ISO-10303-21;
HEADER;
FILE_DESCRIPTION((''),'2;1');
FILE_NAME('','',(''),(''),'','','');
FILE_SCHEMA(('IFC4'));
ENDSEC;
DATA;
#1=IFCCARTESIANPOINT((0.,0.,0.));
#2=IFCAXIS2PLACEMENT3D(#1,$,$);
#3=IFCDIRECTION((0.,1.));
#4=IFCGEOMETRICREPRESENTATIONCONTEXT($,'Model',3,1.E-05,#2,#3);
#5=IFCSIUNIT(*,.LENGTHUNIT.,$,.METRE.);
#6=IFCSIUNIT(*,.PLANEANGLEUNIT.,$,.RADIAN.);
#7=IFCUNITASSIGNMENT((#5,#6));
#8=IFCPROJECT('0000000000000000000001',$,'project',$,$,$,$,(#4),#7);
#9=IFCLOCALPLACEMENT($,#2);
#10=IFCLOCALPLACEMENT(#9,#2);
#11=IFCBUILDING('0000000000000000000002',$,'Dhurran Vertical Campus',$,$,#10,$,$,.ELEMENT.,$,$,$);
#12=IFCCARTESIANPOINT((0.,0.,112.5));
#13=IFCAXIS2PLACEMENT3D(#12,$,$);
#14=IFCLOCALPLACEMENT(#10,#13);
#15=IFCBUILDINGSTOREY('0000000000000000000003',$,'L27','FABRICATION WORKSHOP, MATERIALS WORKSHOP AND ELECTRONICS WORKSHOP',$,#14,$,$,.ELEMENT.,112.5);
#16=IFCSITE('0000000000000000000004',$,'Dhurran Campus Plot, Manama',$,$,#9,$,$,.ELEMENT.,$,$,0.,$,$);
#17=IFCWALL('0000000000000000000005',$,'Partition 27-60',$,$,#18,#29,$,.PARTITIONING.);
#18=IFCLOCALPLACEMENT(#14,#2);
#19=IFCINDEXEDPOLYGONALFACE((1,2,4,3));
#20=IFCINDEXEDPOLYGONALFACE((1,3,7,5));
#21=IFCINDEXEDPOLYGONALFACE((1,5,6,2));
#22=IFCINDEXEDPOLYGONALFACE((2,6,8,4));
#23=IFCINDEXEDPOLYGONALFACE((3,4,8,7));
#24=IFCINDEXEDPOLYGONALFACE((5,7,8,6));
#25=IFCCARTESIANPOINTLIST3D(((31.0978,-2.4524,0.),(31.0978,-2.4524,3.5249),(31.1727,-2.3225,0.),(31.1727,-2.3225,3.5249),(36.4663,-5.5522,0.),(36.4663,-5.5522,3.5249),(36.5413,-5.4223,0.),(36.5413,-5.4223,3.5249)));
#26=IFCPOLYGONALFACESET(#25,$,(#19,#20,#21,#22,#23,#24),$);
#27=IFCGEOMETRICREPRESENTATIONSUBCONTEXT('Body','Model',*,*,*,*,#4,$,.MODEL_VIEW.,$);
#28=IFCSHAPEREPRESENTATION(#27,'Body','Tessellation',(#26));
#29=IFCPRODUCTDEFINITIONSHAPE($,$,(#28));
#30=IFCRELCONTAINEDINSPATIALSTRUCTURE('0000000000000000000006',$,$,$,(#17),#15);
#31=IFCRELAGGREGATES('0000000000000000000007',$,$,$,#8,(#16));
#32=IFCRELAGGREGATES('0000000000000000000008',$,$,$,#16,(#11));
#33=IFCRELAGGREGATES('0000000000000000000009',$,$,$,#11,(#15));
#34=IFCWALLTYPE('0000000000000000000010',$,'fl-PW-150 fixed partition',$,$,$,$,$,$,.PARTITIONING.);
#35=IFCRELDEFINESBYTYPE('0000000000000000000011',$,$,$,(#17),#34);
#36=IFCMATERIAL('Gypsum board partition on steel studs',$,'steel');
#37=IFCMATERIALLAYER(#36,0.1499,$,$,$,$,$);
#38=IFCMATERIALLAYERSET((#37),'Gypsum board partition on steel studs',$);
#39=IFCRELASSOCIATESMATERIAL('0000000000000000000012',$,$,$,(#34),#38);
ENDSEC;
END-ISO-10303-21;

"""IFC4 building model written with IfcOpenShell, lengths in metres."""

from ifc_helpers import new_model, si_unit, direction, frame, frame_2d, origin, place, context, subcontext, project, spatial, rectangle, extrude, material, layer, layer_set, type_object, element, save


model = new_model("IFC4")

# Units and contexts
model_context = context("Model", 3, precision=1e-05, world=origin(), true_north=direction((0.0, 1.0)))
body_context = subcontext(model_context, "Body", "Model", "MODEL_VIEW")
ifc_project = project(units=[si_unit("LENGTHUNIT", "METRE"), si_unit("PLANEANGLEUNIT", "RADIAN")], contexts=[model_context])

# Site, building, storey
site_placement = place(None, origin())
site = spatial("IfcSite", under=ifc_project, at=site_placement, Name="Dhurran Campus Plot, Manama", CompositionType="ELEMENT", RefElevation=0.0)
building_placement = place(site_placement, origin())
building = spatial("IfcBuilding", under=site, at=building_placement, Name="Dhurran Vertical Campus", CompositionType="ELEMENT")
storey_placement = place(building_placement, frame((0.0, 0.0, 112.5)))
storey = spatial("IfcBuildingStorey", under=building, at=storey_placement, Name="L27", Description="FABRICATION WORKSHOP, MATERIALS WORKSHOP AND ELECTRONICS WORKSHOP", CompositionType="ELEMENT", Elevation=112.5)

# Wall
ifc_material_1 = material(Name="Gypsum board partition on steel studs", Category="steel")
ifc_layer_1 = layer(ifc_material_1, 0.1499)
ifc_layer_set_1 = layer_set([ifc_layer_1], Name="Gypsum board partition on steel studs")
wall_type_1 = type_object("IfcWallType", Name="fl-PW-150 fixed partition", PredefinedType="PARTITIONING", material=ifc_layer_set_1)
wall_1_placement = place(storey_placement, frame((31.1353, -2.3875, 0.0), z_axis=(0.0, 0.0, 1.0), x_axis=(0.866007, -0.500032, 0.0)))
element("IfcWall", 1, at=wall_1_placement, inside=storey, type_object=wall_type_1, Name="Partition 27-60", PredefinedType="PARTITIONING", context=body_context, shape_type="SweptSolid", body=[
    extrude(rectangle(XDim=6.1992, YDim=0.1499, at=frame_2d((3.0996, 0.0))), origin(), (0.0, 0.0, 1.0), 3.5249),
])

save(model, "model.ifc")
